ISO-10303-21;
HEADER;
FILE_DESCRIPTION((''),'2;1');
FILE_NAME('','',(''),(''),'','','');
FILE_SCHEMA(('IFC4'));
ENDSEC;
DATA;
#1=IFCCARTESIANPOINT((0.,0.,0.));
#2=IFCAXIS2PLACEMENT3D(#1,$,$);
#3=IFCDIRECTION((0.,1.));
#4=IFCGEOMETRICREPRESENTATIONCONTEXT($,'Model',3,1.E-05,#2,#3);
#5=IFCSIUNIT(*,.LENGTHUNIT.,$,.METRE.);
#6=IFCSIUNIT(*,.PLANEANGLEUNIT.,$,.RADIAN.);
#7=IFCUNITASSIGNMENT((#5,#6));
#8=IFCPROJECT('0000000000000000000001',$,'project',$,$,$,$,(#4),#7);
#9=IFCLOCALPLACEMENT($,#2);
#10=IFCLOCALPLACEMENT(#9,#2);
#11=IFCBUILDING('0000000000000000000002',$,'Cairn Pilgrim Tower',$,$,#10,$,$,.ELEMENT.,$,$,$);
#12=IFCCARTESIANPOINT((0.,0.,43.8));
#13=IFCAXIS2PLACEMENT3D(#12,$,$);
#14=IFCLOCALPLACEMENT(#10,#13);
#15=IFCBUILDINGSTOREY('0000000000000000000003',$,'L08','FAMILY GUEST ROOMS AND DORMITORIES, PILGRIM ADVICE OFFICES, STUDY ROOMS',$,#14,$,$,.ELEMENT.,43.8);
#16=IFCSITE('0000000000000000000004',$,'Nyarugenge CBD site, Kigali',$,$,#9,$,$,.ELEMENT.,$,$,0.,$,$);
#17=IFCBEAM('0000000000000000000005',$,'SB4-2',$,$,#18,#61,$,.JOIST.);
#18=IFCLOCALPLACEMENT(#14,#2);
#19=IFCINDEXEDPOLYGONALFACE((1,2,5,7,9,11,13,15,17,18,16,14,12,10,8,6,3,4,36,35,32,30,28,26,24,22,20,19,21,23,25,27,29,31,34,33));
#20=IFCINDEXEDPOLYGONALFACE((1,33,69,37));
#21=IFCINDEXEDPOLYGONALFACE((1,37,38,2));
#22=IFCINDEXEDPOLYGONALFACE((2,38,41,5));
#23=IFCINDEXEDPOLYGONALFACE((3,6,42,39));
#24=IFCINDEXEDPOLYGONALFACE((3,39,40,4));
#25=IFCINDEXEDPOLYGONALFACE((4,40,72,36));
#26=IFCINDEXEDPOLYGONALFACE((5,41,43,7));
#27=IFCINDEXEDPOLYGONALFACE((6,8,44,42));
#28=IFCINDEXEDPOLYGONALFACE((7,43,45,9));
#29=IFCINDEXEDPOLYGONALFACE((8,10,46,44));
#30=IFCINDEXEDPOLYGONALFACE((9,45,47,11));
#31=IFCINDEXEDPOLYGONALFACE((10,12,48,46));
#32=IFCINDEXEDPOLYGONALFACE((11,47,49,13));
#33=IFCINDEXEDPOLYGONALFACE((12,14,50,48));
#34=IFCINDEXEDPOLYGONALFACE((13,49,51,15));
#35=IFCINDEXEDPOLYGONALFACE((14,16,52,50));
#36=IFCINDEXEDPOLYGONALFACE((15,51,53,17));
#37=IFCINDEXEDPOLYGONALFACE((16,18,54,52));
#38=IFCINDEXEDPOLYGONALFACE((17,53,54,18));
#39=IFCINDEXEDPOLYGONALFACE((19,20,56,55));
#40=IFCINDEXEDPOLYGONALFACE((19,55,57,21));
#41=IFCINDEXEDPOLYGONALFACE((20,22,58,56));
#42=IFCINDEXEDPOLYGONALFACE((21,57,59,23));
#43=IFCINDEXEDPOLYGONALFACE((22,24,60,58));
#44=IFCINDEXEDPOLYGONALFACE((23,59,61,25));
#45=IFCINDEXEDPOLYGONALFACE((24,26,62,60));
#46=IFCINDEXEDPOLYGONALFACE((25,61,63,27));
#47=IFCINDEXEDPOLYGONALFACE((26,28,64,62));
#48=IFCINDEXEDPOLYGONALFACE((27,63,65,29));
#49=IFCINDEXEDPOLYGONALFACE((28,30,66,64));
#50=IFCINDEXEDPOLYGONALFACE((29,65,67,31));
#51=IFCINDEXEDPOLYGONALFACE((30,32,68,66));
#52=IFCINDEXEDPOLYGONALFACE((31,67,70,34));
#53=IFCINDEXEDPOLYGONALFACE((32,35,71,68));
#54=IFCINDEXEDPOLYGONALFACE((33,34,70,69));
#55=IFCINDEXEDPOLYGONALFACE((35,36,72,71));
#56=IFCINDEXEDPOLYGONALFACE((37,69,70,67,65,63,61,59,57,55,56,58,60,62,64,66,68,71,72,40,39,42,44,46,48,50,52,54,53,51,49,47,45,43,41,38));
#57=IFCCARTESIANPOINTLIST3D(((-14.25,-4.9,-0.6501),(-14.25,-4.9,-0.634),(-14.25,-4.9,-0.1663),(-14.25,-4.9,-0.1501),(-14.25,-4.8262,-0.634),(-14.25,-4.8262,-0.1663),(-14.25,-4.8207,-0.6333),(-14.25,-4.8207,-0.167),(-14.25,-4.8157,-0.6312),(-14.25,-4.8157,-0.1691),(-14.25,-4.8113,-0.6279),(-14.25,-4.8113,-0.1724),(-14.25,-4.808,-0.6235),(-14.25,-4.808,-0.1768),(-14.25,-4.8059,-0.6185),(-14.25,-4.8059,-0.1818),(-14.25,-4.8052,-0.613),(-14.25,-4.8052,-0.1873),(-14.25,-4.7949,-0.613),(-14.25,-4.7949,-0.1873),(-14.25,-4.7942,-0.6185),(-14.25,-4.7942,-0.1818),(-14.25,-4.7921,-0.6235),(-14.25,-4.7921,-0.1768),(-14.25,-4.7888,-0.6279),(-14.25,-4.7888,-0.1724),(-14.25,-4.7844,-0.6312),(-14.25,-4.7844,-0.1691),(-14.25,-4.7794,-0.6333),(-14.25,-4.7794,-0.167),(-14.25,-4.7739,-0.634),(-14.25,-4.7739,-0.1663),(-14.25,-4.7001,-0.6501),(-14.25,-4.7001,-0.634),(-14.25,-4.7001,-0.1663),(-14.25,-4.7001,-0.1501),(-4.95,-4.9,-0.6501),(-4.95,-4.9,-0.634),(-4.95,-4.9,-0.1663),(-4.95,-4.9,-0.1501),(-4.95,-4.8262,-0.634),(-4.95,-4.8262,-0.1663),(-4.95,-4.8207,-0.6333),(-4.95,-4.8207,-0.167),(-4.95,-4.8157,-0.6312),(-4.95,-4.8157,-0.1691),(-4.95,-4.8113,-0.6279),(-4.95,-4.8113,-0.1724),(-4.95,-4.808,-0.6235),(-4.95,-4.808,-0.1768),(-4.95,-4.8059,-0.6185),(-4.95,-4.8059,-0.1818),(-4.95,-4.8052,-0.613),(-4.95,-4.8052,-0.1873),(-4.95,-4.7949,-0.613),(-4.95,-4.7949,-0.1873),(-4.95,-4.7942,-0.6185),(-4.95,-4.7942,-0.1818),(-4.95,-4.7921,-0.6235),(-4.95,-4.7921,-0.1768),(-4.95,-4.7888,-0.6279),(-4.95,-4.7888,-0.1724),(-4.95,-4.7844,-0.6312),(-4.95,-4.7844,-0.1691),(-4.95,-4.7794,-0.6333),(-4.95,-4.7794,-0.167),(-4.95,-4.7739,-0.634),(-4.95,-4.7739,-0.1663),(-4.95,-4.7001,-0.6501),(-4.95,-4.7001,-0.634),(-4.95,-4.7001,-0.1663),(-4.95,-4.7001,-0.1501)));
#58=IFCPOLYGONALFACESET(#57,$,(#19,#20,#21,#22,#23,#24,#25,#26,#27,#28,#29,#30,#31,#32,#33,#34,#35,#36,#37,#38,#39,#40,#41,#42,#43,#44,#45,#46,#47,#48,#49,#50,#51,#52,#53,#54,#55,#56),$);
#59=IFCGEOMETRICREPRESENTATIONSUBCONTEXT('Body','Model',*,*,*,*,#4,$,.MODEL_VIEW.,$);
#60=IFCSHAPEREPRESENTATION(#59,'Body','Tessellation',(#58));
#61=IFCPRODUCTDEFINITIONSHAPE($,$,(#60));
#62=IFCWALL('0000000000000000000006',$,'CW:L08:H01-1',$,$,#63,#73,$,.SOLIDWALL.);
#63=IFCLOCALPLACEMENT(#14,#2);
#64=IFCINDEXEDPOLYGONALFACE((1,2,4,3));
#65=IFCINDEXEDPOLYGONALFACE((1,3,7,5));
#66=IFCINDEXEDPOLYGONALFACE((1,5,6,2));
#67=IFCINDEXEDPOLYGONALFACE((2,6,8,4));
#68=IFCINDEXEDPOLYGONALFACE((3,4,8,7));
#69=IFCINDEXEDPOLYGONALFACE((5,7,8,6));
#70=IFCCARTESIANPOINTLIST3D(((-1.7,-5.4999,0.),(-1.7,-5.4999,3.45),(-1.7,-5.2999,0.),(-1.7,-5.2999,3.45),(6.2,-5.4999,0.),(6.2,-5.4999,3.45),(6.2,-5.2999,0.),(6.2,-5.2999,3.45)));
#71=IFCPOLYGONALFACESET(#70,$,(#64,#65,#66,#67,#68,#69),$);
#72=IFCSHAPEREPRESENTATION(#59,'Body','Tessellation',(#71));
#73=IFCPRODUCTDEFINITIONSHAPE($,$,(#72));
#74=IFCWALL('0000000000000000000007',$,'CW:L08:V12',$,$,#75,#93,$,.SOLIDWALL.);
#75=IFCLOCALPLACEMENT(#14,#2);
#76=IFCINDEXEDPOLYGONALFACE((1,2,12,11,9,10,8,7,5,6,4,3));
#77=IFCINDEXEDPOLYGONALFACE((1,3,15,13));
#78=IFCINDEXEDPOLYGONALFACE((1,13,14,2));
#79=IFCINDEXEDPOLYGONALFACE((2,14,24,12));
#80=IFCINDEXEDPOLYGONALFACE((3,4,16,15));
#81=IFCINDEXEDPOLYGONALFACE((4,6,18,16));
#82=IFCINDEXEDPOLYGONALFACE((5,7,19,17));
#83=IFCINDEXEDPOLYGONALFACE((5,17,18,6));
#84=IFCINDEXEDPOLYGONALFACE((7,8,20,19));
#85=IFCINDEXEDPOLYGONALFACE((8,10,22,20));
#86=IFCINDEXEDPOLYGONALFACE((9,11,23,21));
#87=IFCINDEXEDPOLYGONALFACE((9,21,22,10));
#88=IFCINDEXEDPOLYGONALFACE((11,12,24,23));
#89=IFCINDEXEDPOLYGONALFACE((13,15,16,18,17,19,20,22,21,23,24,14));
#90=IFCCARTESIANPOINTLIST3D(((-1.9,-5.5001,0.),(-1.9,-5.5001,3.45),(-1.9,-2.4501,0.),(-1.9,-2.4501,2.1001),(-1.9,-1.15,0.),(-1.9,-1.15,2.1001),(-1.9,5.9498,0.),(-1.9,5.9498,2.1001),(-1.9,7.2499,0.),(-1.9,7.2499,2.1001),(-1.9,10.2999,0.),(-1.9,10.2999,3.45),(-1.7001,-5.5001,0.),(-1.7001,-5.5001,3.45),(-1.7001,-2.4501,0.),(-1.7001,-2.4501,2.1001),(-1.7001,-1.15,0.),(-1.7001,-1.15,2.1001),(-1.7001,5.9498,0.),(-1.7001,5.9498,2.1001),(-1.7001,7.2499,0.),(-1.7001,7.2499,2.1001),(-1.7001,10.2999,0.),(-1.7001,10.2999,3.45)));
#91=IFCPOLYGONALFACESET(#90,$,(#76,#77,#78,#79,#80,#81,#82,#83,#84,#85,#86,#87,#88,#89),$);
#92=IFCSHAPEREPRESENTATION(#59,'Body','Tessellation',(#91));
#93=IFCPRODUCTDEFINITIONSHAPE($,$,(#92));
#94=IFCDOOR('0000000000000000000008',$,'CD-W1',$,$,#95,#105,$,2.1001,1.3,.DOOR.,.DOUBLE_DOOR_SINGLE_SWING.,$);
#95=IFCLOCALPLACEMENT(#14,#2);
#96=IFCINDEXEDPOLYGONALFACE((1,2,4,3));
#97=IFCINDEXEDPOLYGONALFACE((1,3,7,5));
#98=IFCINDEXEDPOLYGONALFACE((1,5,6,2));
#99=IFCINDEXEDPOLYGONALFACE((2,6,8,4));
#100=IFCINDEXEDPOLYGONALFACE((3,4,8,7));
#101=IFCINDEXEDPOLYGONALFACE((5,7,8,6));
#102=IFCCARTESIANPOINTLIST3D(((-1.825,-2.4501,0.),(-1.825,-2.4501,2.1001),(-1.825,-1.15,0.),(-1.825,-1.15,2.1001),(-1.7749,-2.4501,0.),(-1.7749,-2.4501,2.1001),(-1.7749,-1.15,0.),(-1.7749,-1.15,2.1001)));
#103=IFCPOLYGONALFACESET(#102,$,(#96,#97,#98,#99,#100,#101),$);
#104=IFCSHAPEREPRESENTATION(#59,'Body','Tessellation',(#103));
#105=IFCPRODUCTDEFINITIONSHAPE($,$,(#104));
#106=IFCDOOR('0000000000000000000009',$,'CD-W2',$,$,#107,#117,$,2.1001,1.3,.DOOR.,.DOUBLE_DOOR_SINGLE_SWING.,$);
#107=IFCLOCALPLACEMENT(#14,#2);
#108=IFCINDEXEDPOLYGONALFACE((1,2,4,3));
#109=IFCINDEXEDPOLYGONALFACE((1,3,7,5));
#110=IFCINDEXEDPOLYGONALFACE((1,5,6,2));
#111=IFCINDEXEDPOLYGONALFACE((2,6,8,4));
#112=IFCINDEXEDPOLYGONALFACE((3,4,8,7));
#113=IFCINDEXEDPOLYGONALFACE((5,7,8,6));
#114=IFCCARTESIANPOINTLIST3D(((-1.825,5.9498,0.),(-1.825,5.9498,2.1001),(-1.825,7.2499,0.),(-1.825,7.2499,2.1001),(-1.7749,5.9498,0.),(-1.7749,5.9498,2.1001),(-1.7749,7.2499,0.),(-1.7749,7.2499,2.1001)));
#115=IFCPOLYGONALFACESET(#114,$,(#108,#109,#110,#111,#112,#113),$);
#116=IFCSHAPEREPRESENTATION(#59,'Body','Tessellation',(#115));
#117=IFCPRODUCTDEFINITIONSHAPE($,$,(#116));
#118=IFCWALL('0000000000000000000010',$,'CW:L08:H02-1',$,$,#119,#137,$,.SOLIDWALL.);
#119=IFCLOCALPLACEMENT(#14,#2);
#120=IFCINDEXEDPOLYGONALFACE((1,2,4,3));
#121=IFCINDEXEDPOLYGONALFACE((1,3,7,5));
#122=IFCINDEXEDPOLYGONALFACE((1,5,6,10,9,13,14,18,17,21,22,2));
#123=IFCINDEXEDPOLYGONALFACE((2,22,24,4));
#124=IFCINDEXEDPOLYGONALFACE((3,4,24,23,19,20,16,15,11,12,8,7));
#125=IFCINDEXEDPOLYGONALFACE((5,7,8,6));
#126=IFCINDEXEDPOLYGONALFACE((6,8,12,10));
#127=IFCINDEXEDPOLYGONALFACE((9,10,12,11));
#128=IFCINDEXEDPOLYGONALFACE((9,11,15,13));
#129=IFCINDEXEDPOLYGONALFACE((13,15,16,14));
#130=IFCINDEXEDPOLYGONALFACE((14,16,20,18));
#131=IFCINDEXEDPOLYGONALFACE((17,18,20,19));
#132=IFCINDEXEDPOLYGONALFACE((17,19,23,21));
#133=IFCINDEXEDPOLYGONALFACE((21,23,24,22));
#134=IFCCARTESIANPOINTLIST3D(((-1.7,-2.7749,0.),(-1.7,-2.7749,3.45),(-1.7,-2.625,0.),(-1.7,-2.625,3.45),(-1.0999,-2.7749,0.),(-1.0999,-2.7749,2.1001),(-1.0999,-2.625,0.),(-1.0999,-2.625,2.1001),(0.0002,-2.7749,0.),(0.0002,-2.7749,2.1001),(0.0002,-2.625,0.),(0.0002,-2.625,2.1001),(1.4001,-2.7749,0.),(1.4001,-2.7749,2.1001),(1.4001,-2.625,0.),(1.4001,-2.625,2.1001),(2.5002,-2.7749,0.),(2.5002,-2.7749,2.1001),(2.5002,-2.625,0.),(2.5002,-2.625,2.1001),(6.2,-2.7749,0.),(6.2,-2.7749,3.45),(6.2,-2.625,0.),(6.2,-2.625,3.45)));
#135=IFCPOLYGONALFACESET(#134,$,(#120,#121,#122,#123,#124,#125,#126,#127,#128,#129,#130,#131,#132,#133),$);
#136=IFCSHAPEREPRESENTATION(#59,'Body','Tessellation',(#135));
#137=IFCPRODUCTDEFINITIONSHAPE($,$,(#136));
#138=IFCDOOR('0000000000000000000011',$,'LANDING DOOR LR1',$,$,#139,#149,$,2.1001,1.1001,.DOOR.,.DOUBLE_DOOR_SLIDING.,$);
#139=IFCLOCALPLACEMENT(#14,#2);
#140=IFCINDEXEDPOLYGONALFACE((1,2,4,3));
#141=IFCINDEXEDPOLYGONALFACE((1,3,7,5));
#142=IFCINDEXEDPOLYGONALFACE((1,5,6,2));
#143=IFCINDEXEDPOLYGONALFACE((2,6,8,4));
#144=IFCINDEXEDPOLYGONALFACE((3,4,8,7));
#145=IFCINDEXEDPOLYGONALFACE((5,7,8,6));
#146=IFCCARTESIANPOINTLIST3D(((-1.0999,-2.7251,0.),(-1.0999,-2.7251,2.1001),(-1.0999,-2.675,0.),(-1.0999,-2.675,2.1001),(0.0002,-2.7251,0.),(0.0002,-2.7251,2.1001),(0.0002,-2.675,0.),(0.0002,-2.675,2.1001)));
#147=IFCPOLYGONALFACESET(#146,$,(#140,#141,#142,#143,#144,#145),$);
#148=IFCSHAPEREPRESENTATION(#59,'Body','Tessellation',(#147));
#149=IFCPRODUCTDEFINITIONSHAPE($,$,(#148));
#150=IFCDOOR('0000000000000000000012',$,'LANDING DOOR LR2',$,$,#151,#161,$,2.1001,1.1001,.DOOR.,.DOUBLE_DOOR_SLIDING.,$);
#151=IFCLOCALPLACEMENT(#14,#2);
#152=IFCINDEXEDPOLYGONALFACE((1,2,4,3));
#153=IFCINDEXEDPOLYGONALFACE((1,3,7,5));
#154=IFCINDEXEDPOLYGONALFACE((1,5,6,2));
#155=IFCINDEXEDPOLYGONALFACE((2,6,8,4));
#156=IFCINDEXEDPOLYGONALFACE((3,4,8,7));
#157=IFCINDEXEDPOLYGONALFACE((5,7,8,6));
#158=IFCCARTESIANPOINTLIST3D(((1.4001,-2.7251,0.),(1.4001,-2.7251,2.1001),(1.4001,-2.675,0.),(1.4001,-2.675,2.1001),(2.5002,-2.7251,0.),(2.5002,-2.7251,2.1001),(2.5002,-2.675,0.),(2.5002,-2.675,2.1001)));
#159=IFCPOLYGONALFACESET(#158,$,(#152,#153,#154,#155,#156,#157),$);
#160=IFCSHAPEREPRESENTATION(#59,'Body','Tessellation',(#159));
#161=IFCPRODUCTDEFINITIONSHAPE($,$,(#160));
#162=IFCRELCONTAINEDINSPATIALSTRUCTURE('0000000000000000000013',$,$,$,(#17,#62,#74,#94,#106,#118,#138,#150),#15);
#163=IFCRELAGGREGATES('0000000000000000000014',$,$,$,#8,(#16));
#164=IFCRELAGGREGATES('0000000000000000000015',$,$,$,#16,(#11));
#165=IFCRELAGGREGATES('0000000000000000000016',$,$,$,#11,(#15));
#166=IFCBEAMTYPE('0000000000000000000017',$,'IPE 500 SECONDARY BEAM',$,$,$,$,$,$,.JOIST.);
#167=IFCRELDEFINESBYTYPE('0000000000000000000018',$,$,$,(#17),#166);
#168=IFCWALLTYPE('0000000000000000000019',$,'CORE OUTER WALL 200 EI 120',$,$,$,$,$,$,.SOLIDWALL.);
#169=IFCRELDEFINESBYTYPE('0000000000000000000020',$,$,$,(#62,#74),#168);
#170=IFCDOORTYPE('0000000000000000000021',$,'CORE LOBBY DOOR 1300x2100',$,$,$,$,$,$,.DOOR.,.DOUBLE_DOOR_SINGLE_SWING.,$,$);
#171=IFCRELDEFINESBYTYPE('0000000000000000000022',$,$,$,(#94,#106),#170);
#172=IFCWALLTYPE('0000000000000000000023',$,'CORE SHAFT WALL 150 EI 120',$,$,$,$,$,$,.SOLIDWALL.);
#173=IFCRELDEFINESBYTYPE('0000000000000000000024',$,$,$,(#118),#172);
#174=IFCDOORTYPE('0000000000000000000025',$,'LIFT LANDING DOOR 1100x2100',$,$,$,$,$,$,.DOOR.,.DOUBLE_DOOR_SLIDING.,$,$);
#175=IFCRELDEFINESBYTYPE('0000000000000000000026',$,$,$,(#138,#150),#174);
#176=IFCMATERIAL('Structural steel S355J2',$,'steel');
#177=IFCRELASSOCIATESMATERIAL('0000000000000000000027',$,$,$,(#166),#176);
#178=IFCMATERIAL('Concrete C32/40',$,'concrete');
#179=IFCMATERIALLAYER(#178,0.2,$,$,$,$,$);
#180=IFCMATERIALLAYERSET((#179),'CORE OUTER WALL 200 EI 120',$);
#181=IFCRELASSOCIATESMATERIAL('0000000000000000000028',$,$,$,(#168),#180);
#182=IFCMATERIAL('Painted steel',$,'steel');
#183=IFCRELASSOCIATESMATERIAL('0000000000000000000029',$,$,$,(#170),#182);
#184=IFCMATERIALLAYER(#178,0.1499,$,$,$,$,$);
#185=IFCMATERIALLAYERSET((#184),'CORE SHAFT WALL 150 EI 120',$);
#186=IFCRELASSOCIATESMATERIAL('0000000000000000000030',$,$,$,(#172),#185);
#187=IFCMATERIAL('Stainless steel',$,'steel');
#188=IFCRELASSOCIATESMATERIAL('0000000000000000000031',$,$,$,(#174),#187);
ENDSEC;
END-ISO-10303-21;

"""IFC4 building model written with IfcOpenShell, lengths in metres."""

from ifc_helpers import new_model, si_unit, direction, frame, frame_2d, origin, origin_2d, place, context, subcontext, project, spatial, rectangle, i_section, extrude, material, layer, layer_set, material_profile, profile_set, type_object, element, fill, save


model = new_model("IFC4")

# Units and contexts
model_context = context("Model", 3, precision=1e-05, world=origin(), true_north=direction((0.0, 1.0)))
body_context = subcontext(model_context, "Body", "Model", "MODEL_VIEW")
ifc_project = project(units=[si_unit("LENGTHUNIT", "METRE"), si_unit("PLANEANGLEUNIT", "RADIAN")], contexts=[model_context])

# Site, building, storey
site_placement = place(None, origin())
site = spatial("IfcSite", under=ifc_project, at=site_placement, Name="Nyarugenge CBD site, Kigali", CompositionType="ELEMENT", RefElevation=0.0)
building_placement = place(site_placement, origin())
building = spatial("IfcBuilding", under=site, at=building_placement, Name="Cairn Pilgrim Tower", CompositionType="ELEMENT")
storey_placement = place(building_placement, frame((0.0, 0.0, 43.8)))
storey = spatial("IfcBuildingStorey", under=building, at=storey_placement, Name="L08", Description="FAMILY GUEST ROOMS AND DORMITORIES, PILGRIM ADVICE OFFICES, STUDY ROOMS", CompositionType="ELEMENT", Elevation=43.8)

# Beam
ifc_material_1 = material(Name="Structural steel S355J2", Category="steel")
ifc_material_profile_1 = material_profile(ifc_material_1, i_section(OverallWidth=0.2, OverallDepth=0.5, WebThickness=0.0103, FlangeThickness=0.0161, FilletRadius=0.021, at=origin_2d()), Name="IPE 500")
ifc_profile_set_1 = profile_set([ifc_material_profile_1], Name="Structural steel S355J2")
beam_type_1 = type_object("IfcBeamType", Name="IPE 500 SECONDARY BEAM", PredefinedType="JOIST", material=ifc_profile_set_1)
beam_1_placement = place(storey_placement, frame((-14.25, -4.8, -0.4001), z_axis=(1.0, 0.0, 0.0), x_axis=(0.0, 1.0, 0.0)))
element("IfcBeam", 1, at=beam_1_placement, inside=storey, type_object=beam_type_1, Name="SB4-2", PredefinedType="JOIST", context=body_context, shape_type="SweptSolid", body=[
    extrude(i_section(OverallWidth=0.2, OverallDepth=0.5, WebThickness=0.0103, FlangeThickness=0.0161, FilletRadius=0.021, at=origin_2d()), origin(), (0.0, 0.0, 1.0), 9.3),
])

# Wall
ifc_material_2 = material(Name="Concrete C32/40", Category="concrete")
ifc_layer_1 = layer(ifc_material_2, 0.2)
ifc_layer_set_1 = layer_set([ifc_layer_1], Name="CORE OUTER WALL 200 EI 120")
wall_type_1 = type_object("IfcWallType", Name="CORE OUTER WALL 200 EI 120", PredefinedType="SOLIDWALL", material=ifc_layer_set_1)
wall_1_placement = place(storey_placement, frame((-1.7, -5.3999, 0.0), z_axis=(0.0, 0.0, 1.0), x_axis=(1.0, 0.0, 0.0)))
element("IfcWall", 2, at=wall_1_placement, inside=storey, type_object=wall_type_1, Name="CW:L08:H01-1", PredefinedType="SOLIDWALL", context=body_context, shape_type="SweptSolid", body=[
    extrude(rectangle(XDim=7.8999, YDim=0.2, at=frame_2d((3.95, 0.0))), origin(), (0.0, 0.0, 1.0), 3.45),
])

# Walls, openings, doors
wall_2_placement = place(storey_placement, frame((-1.8, -5.5, 0.0), z_axis=(0.0, 0.0, 1.0), x_axis=(0.0, 1.0, 0.0)))
wall_2 = element("IfcWall", 3, at=wall_2_placement, inside=storey, type_object=wall_type_1, Name="CW:L08:V12", PredefinedType="SOLIDWALL", context=body_context, shape_type="SweptSolid", body=[
    extrude(rectangle(XDim=15.8, YDim=0.2, at=frame_2d((7.8999, 0.0))), origin(), (0.0, 0.0, 1.0), 3.45),
])
opening_1_placement = place(wall_2_placement, frame((3.05, 0.0, 0.0)))
opening_1 = element("IfcOpeningElement", 4, at=opening_1_placement, cuts=wall_2, PredefinedType="OPENING", context=body_context, shape_type="SweptSolid", body=[
    extrude(rectangle(XDim=1.3, YDim=2.1001, at=frame_2d((0.6499, 1.05))), frame((0.0, 0.1099, 0.0), z_axis=(0.0, -1.0, 0.0), x_axis=(1.0, 0.0, 0.0)), (0.0, 0.0, 1.0), 0.22),
])
opening_2_placement = place(wall_2_placement, frame((11.45, 0.0, 0.0)))
opening_2 = element("IfcOpeningElement", 5, at=opening_2_placement, cuts=wall_2, PredefinedType="OPENING", context=body_context, shape_type="SweptSolid", body=[
    extrude(rectangle(XDim=1.3, YDim=2.1001, at=frame_2d((0.6499, 1.05))), frame((0.0, 0.1099, 0.0), z_axis=(0.0, -1.0, 0.0), x_axis=(1.0, 0.0, 0.0)), (0.0, 0.0, 1.0), 0.22),
])
ifc_material_3 = material(Name="Painted steel", Category="steel")
door_type_1 = type_object("IfcDoorType", Name="CORE LOBBY DOOR 1300x2100", OperationType="DOUBLE_DOOR_SINGLE_SWING", PredefinedType="DOOR", material=ifc_material_3)
door_1_placement = place(opening_1_placement, origin())
door_1 = element("IfcDoor", 6, at=door_1_placement, inside=storey, type_object=door_type_1, Name="CD-W1", OperationType="DOUBLE_DOOR_SINGLE_SWING", OverallHeight=2.1001, OverallWidth=1.3, PredefinedType="DOOR", context=body_context, shape_type="SweptSolid", body=[
    extrude(rectangle(XDim=1.3, YDim=2.1001, at=frame_2d((0.6499, 1.05))), frame((0.0, 0.0249, 0.0), z_axis=(0.0, -1.0, 0.0), x_axis=(1.0, 0.0, 0.0)), (0.0, 0.0, 1.0), 0.05),
])
fill(opening_1, door_1)
door_2_placement = place(opening_2_placement, origin())
door_2 = element("IfcDoor", 7, at=door_2_placement, inside=storey, type_object=door_type_1, Name="CD-W2", OperationType="DOUBLE_DOOR_SINGLE_SWING", OverallHeight=2.1001, OverallWidth=1.3, PredefinedType="DOOR", context=body_context, shape_type="SweptSolid", body=[
    extrude(rectangle(XDim=1.3, YDim=2.1001, at=frame_2d((0.6499, 1.05))), frame((0.0, 0.0249, 0.0), z_axis=(0.0, -1.0, 0.0), x_axis=(1.0, 0.0, 0.0)), (0.0, 0.0, 1.0), 0.05),
])
fill(opening_2, door_2)
ifc_layer_2 = layer(ifc_material_2, 0.1499)
ifc_layer_set_2 = layer_set([ifc_layer_2], Name="CORE SHAFT WALL 150 EI 120")
wall_type_2 = type_object("IfcWallType", Name="CORE SHAFT WALL 150 EI 120", PredefinedType="SOLIDWALL", material=ifc_layer_set_2)
wall_3_placement = place(storey_placement, frame((-1.7, -2.7, 0.0), z_axis=(0.0, 0.0, 1.0), x_axis=(1.0, 0.0, 0.0)))
wall_3 = element("IfcWall", 8, at=wall_3_placement, inside=storey, type_object=wall_type_2, Name="CW:L08:H02-1", PredefinedType="SOLIDWALL", context=body_context, shape_type="SweptSolid", body=[
    extrude(rectangle(XDim=7.8999, YDim=0.1499, at=frame_2d((3.95, 0.0))), origin(), (0.0, 0.0, 1.0), 3.45),
])
opening_3_placement = place(wall_3_placement, frame((0.6001, 0.0, 0.0)))
opening_3 = element("IfcOpeningElement", 9, at=opening_3_placement, cuts=wall_3, PredefinedType="OPENING", context=body_context, shape_type="SweptSolid", body=[
    extrude(rectangle(XDim=1.1001, YDim=2.1001, at=frame_2d((0.55, 1.05))), frame((0.0, 0.085, 0.0), z_axis=(0.0, -1.0, 0.0), x_axis=(1.0, 0.0, 0.0)), (0.0, 0.0, 1.0), 0.1699),
])
opening_4_placement = place(wall_3_placement, frame((3.1001, 0.0, 0.0)))
opening_4 = element("IfcOpeningElement", 10, at=opening_4_placement, cuts=wall_3, PredefinedType="OPENING", context=body_context, shape_type="SweptSolid", body=[
    extrude(rectangle(XDim=1.1001, YDim=2.1001, at=frame_2d((0.55, 1.05))), frame((0.0, 0.085, 0.0), z_axis=(0.0, -1.0, 0.0), x_axis=(1.0, 0.0, 0.0)), (0.0, 0.0, 1.0), 0.1699),
])
ifc_material_4 = material(Name="Stainless steel", Category="steel")
door_type_2 = type_object("IfcDoorType", Name="LIFT LANDING DOOR 1100x2100", OperationType="DOUBLE_DOOR_SLIDING", PredefinedType="DOOR", material=ifc_material_4)
door_3_placement = place(opening_3_placement, origin())
door_3 = element("IfcDoor", 11, at=door_3_placement, inside=storey, type_object=door_type_2, Name="LANDING DOOR LR1", OperationType="DOUBLE_DOOR_SLIDING", OverallHeight=2.1001, OverallWidth=1.1001, PredefinedType="DOOR", context=body_context, shape_type="SweptSolid", body=[
    extrude(rectangle(XDim=1.1001, YDim=2.1001, at=frame_2d((0.55, 1.05))), frame((0.0, 0.0249, 0.0), z_axis=(0.0, -1.0, 0.0), x_axis=(1.0, 0.0, 0.0)), (0.0, 0.0, 1.0), 0.05),
])
fill(opening_3, door_3)
door_4_placement = place(opening_4_placement, origin())
door_4 = element("IfcDoor", 12, at=door_4_placement, inside=storey, type_object=door_type_2, Name="LANDING DOOR LR2", OperationType="DOUBLE_DOOR_SLIDING", OverallHeight=2.1001, OverallWidth=1.1001, PredefinedType="DOOR", context=body_context, shape_type="SweptSolid", body=[
    extrude(rectangle(XDim=1.1001, YDim=2.1001, at=frame_2d((0.55, 1.05))), frame((0.0, 0.0249, 0.0), z_axis=(0.0, -1.0, 0.0), x_axis=(1.0, 0.0, 0.0)), (0.0, 0.0, 1.0), 0.05),
])
fill(opening_4, door_4)

save(model, "model.ifc")
